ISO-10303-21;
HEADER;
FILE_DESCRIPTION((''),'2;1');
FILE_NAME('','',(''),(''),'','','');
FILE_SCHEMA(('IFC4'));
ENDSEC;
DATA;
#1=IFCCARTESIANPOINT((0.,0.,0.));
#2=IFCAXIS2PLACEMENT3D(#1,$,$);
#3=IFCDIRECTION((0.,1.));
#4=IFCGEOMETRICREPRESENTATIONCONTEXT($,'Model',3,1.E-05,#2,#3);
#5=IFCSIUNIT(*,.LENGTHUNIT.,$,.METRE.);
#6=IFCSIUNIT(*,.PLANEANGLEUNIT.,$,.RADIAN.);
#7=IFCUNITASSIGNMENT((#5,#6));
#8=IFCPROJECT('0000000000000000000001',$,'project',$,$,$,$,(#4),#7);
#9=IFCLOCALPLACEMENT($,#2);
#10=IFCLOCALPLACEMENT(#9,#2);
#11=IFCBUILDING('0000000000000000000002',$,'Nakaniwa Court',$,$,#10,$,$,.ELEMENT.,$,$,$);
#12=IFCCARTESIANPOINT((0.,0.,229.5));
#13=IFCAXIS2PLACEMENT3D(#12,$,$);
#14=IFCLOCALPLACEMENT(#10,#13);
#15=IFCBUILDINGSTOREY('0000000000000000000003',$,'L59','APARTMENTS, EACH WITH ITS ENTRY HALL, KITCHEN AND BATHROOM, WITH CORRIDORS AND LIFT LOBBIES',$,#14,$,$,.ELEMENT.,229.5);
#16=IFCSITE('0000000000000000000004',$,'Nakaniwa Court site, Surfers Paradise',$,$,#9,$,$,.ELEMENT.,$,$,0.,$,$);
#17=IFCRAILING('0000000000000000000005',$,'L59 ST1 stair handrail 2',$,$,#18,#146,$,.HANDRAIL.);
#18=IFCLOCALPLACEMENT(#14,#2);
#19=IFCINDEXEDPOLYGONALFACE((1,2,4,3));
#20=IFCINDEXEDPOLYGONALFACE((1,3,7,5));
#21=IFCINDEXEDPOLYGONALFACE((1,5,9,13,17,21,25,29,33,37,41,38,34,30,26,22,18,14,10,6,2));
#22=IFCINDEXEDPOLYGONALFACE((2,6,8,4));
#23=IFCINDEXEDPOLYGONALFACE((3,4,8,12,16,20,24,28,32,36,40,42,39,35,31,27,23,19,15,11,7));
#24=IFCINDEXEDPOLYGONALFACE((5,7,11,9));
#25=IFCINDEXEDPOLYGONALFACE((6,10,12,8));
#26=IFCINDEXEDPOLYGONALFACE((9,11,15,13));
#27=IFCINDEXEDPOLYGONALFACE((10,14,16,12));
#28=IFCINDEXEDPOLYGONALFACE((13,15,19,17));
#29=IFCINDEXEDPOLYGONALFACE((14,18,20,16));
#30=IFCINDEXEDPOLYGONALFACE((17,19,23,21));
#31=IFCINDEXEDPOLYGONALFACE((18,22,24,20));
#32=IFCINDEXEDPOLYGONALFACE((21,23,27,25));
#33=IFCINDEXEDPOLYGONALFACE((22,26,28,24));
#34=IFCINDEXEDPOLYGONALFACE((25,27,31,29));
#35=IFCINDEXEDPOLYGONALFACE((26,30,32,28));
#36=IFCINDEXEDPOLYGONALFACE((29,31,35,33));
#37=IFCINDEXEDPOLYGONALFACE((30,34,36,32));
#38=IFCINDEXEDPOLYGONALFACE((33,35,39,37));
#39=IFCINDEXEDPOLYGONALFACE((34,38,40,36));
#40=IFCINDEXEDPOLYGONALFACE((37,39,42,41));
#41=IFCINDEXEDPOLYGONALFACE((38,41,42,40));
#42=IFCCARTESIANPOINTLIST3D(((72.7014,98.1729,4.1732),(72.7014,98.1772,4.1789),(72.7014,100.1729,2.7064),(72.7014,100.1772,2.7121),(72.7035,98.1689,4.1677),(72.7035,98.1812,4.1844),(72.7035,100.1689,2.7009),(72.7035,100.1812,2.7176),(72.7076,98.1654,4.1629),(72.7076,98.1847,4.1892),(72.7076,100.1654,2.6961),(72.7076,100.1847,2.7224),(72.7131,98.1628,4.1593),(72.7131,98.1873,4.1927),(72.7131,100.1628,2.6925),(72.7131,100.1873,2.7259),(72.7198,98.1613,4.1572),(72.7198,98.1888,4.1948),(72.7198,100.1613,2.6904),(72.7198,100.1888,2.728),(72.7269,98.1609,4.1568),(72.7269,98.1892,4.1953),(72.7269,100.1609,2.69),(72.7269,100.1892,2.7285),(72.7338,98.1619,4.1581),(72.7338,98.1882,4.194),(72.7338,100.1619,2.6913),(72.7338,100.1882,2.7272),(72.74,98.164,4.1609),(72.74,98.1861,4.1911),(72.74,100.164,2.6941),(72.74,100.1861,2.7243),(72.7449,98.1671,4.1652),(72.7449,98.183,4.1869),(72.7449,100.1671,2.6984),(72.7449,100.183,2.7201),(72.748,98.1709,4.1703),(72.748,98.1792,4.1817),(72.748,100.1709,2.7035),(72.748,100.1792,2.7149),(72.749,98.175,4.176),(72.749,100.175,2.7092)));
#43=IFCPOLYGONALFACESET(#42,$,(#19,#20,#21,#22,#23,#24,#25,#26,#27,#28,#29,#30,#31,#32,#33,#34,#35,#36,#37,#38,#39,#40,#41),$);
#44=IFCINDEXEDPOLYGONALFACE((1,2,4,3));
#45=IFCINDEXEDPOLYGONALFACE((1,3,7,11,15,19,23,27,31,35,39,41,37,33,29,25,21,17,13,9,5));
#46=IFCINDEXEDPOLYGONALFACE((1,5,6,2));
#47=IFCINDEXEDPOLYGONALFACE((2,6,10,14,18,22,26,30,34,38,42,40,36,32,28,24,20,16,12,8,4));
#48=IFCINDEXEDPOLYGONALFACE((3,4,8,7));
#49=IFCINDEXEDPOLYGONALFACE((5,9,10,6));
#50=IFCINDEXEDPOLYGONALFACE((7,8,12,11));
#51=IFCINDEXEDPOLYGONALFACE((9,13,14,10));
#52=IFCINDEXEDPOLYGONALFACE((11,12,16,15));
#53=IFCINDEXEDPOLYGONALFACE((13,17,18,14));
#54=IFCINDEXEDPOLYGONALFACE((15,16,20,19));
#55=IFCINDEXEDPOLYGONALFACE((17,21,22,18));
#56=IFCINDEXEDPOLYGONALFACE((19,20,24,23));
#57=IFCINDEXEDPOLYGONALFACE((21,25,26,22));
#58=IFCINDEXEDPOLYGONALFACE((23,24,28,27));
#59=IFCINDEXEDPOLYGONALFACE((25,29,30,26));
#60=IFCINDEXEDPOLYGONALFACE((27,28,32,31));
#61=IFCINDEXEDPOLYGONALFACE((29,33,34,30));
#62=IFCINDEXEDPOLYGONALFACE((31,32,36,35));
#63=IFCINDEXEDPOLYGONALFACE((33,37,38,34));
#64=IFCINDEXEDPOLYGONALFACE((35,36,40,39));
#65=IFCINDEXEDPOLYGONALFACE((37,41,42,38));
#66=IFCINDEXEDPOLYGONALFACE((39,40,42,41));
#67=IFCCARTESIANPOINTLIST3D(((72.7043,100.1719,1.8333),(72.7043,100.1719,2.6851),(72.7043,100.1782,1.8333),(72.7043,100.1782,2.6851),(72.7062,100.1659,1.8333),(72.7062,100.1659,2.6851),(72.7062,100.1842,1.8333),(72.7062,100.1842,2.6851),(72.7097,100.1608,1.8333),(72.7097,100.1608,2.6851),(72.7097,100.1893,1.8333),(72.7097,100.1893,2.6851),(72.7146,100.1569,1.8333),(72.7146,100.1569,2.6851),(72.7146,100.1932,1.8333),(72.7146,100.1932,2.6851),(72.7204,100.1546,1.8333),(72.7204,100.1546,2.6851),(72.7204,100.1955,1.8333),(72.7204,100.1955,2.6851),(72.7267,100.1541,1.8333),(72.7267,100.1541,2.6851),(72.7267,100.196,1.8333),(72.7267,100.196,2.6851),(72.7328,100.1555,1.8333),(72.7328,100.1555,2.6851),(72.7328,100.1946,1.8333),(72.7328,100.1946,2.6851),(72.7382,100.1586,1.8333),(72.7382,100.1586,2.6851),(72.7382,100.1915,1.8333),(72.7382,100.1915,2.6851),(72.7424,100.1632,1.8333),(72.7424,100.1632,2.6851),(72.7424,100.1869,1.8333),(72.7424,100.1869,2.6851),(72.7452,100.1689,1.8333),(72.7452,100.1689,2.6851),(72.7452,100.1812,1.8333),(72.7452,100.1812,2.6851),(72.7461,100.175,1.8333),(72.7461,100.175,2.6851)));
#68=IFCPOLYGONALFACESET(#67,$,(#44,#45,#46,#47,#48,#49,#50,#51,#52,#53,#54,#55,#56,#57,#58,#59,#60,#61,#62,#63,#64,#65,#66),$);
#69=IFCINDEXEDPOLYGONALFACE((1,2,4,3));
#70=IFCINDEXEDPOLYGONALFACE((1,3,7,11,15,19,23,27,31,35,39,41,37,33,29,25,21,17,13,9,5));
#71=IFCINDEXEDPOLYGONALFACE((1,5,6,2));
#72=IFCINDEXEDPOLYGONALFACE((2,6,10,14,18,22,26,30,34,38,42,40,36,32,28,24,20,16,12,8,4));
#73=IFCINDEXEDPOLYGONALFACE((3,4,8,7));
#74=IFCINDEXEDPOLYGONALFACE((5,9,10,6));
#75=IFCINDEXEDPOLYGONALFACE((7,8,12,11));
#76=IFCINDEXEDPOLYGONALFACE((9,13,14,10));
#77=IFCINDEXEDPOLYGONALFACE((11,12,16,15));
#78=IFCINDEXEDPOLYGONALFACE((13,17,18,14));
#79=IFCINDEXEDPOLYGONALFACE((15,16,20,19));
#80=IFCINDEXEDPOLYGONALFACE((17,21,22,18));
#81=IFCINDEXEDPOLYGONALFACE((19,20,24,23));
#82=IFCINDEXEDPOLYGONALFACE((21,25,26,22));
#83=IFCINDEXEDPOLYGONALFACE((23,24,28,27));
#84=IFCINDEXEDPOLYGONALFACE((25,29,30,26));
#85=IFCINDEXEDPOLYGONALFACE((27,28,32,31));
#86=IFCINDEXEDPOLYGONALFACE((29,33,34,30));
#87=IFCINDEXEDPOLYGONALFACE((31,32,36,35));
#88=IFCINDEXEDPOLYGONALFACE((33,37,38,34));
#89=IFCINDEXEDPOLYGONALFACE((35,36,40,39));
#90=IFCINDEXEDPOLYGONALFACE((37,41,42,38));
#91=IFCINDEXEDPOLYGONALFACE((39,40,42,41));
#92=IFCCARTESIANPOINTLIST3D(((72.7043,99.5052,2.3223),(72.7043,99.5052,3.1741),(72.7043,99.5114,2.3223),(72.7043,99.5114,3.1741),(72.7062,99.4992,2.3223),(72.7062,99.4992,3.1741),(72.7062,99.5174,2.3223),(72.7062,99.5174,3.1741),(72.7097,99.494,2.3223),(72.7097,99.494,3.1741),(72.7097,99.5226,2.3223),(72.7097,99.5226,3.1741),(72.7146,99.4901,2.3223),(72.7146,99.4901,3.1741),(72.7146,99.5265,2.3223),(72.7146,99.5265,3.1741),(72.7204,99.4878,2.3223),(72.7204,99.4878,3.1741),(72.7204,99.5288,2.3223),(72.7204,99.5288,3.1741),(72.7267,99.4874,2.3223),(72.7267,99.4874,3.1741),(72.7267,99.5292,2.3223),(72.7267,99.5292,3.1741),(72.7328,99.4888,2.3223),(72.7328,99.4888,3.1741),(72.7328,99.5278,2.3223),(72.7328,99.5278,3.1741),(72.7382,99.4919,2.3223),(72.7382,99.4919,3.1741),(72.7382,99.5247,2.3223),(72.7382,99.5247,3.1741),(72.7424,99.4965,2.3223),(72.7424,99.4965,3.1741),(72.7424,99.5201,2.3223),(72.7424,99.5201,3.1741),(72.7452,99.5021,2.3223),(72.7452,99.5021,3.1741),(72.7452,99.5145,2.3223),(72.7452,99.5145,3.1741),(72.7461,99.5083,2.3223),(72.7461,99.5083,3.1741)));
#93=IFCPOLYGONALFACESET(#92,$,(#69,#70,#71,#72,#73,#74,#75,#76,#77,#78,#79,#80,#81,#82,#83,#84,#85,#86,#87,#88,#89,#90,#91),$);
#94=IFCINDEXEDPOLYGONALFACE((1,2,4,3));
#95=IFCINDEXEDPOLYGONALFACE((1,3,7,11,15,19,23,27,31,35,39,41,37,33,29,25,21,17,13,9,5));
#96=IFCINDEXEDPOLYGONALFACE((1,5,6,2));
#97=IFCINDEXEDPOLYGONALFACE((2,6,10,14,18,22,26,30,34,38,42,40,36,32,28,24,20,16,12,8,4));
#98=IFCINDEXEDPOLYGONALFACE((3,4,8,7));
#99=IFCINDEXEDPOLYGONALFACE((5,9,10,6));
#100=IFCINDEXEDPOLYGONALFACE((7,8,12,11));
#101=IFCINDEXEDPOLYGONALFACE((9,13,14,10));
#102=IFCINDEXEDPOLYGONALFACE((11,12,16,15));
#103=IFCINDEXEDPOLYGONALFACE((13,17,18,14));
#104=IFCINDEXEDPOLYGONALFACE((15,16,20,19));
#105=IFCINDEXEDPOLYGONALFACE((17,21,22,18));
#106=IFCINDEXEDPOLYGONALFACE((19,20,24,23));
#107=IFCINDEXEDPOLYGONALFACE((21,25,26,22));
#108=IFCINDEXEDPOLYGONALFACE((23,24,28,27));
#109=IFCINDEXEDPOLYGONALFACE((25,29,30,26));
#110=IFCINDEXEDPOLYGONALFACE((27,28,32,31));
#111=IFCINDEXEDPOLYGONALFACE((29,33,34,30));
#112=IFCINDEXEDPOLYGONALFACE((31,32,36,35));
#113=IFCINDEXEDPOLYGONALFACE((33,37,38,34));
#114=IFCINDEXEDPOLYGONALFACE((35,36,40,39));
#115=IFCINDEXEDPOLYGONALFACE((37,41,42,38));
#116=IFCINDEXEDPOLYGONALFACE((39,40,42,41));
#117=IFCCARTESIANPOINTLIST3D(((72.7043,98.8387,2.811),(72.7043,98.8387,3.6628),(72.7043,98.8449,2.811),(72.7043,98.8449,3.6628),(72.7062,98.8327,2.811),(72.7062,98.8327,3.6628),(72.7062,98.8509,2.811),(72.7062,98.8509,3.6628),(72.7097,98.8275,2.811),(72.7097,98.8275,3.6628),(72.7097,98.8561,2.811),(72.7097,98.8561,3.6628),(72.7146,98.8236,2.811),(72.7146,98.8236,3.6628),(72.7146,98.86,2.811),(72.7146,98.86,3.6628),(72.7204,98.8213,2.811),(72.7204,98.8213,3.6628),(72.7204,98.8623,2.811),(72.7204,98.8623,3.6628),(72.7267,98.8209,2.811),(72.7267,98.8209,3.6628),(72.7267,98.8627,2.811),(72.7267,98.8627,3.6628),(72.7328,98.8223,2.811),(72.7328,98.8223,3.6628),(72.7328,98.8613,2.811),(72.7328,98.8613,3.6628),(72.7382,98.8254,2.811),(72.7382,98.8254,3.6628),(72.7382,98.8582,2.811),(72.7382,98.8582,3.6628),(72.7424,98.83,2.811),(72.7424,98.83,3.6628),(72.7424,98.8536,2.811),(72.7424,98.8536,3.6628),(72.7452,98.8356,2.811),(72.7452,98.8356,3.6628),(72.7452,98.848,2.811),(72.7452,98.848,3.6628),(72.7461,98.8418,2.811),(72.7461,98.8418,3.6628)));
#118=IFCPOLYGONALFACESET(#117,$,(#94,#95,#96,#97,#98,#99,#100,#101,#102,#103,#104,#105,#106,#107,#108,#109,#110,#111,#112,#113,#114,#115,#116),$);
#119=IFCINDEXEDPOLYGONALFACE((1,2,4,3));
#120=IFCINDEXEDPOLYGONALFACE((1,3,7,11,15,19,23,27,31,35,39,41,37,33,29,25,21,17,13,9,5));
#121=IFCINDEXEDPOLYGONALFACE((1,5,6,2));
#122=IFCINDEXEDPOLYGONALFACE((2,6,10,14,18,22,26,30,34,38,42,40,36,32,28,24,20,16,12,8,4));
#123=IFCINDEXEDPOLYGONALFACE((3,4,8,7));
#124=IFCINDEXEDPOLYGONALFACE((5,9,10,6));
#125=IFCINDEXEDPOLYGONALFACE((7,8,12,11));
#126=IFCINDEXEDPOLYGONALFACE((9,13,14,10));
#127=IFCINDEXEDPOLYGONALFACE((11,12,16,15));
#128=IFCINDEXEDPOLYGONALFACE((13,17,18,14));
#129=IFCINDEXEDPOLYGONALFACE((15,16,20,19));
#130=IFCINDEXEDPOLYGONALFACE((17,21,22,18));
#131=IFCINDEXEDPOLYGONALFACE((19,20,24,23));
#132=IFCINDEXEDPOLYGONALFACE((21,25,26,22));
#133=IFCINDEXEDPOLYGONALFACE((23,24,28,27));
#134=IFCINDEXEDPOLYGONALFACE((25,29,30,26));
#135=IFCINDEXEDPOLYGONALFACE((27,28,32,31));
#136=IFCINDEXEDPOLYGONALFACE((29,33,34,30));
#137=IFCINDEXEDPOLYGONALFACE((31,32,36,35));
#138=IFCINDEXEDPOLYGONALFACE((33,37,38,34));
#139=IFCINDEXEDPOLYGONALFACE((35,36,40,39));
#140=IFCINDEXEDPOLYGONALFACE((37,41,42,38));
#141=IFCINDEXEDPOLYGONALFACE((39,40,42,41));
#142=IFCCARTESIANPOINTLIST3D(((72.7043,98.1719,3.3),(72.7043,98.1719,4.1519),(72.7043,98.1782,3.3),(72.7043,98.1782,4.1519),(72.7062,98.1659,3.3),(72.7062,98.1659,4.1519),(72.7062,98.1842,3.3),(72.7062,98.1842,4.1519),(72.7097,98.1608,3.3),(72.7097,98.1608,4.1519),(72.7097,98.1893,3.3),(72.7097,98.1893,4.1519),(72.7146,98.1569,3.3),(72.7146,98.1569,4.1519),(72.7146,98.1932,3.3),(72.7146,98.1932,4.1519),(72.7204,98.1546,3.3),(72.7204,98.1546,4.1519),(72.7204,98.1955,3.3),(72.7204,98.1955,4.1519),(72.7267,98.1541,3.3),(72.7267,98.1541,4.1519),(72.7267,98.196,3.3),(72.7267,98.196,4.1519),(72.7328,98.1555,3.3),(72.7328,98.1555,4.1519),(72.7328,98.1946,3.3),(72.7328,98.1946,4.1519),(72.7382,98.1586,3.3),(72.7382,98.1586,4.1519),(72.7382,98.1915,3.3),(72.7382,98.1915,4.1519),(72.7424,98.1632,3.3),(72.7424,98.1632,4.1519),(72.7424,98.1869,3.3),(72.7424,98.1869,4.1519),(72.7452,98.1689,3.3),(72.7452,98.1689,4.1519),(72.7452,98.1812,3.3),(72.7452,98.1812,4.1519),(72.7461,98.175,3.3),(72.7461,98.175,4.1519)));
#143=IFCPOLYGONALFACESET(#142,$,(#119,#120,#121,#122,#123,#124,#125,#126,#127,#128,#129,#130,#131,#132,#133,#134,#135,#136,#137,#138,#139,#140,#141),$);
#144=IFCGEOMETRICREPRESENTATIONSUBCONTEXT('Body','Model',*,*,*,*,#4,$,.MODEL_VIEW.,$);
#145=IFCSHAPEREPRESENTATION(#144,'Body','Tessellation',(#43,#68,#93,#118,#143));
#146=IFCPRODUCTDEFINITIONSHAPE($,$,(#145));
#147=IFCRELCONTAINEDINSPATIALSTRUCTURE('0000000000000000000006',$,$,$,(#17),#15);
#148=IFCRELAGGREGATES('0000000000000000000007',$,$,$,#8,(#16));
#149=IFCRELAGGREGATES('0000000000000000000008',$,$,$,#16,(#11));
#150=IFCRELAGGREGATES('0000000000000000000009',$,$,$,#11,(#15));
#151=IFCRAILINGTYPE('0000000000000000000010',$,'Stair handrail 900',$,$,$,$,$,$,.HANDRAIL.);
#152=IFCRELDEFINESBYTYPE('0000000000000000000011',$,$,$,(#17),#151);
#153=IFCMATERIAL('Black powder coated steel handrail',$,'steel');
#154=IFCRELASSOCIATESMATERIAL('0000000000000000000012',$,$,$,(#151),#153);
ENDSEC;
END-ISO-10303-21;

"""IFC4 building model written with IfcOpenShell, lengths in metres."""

from ifc_helpers import new_model, si_unit, direction, frame, origin, origin_2d, place, context, subcontext, project, spatial, circle, extrude, material, type_object, element, save


model = new_model("IFC4")

# Units and contexts
model_context = context("Model", 3, precision=1e-05, world=origin(), true_north=direction((0.0, 1.0)))
body_context = subcontext(model_context, "Body", "Model", "MODEL_VIEW")
ifc_project = project(units=[si_unit("LENGTHUNIT", "METRE"), si_unit("PLANEANGLEUNIT", "RADIAN")], contexts=[model_context])

# Site, building, storey
site_placement = place(None, origin())
site = spatial("IfcSite", under=ifc_project, at=site_placement, Name="Nakaniwa Court site, Surfers Paradise", CompositionType="ELEMENT", RefElevation=0.0)
building_placement = place(site_placement, origin())
building = spatial("IfcBuilding", under=site, at=building_placement, Name="Nakaniwa Court", CompositionType="ELEMENT")
storey_placement = place(building_placement, frame((0.0, 0.0, 229.5)))
storey = spatial("IfcBuildingStorey", under=building, at=storey_placement, Name="L59", Description="APARTMENTS, EACH WITH ITS ENTRY HALL, KITCHEN AND BATHROOM, WITH CORRIDORS AND LIFT LOBBIES", CompositionType="ELEMENT", Elevation=229.5)

# Railing
ifc_material_1 = material(Name="Black powder coated steel handrail", Category="steel")
railing_type_1 = type_object("IfcRailingType", Name="Stair handrail 900", PredefinedType="HANDRAIL", material=ifc_material_1)
railing_1_placement = place(storey_placement, frame((72.7251, 100.175, 1.8333)))
element("IfcRailing", 1, at=railing_1_placement, inside=storey, type_object=railing_type_1, Name="L59 ST1 stair handrail 2", PredefinedType="HANDRAIL", context=body_context, shape_type="SweptSolid", body=[
    extrude(circle(Radius=0.0239, at=origin_2d()), frame((0.0, 0.0, 0.876), z_axis=(0.0, -0.80638, 0.591398), x_axis=(1.0, 0.0, 0.0)), (0.0, 0.0, 1.0), 2.4802),
    extrude(circle(Radius=0.021, at=origin_2d()), origin(), (0.0, 0.0, 1.0), 0.8518),
    extrude(circle(Radius=0.021, at=origin_2d()), frame((0.0, -0.6667, 0.489)), (0.0, 0.0, 1.0), 0.8518),
    extrude(circle(Radius=0.021, at=origin_2d()), frame((0.0, -1.3333, 0.9778)), (0.0, 0.0, 1.0), 0.8518),
    extrude(circle(Radius=0.021, at=origin_2d()), frame((0.0, -2.0, 1.4668)), (0.0, 0.0, 1.0), 0.8518),
])

save(model, "model.ifc")
